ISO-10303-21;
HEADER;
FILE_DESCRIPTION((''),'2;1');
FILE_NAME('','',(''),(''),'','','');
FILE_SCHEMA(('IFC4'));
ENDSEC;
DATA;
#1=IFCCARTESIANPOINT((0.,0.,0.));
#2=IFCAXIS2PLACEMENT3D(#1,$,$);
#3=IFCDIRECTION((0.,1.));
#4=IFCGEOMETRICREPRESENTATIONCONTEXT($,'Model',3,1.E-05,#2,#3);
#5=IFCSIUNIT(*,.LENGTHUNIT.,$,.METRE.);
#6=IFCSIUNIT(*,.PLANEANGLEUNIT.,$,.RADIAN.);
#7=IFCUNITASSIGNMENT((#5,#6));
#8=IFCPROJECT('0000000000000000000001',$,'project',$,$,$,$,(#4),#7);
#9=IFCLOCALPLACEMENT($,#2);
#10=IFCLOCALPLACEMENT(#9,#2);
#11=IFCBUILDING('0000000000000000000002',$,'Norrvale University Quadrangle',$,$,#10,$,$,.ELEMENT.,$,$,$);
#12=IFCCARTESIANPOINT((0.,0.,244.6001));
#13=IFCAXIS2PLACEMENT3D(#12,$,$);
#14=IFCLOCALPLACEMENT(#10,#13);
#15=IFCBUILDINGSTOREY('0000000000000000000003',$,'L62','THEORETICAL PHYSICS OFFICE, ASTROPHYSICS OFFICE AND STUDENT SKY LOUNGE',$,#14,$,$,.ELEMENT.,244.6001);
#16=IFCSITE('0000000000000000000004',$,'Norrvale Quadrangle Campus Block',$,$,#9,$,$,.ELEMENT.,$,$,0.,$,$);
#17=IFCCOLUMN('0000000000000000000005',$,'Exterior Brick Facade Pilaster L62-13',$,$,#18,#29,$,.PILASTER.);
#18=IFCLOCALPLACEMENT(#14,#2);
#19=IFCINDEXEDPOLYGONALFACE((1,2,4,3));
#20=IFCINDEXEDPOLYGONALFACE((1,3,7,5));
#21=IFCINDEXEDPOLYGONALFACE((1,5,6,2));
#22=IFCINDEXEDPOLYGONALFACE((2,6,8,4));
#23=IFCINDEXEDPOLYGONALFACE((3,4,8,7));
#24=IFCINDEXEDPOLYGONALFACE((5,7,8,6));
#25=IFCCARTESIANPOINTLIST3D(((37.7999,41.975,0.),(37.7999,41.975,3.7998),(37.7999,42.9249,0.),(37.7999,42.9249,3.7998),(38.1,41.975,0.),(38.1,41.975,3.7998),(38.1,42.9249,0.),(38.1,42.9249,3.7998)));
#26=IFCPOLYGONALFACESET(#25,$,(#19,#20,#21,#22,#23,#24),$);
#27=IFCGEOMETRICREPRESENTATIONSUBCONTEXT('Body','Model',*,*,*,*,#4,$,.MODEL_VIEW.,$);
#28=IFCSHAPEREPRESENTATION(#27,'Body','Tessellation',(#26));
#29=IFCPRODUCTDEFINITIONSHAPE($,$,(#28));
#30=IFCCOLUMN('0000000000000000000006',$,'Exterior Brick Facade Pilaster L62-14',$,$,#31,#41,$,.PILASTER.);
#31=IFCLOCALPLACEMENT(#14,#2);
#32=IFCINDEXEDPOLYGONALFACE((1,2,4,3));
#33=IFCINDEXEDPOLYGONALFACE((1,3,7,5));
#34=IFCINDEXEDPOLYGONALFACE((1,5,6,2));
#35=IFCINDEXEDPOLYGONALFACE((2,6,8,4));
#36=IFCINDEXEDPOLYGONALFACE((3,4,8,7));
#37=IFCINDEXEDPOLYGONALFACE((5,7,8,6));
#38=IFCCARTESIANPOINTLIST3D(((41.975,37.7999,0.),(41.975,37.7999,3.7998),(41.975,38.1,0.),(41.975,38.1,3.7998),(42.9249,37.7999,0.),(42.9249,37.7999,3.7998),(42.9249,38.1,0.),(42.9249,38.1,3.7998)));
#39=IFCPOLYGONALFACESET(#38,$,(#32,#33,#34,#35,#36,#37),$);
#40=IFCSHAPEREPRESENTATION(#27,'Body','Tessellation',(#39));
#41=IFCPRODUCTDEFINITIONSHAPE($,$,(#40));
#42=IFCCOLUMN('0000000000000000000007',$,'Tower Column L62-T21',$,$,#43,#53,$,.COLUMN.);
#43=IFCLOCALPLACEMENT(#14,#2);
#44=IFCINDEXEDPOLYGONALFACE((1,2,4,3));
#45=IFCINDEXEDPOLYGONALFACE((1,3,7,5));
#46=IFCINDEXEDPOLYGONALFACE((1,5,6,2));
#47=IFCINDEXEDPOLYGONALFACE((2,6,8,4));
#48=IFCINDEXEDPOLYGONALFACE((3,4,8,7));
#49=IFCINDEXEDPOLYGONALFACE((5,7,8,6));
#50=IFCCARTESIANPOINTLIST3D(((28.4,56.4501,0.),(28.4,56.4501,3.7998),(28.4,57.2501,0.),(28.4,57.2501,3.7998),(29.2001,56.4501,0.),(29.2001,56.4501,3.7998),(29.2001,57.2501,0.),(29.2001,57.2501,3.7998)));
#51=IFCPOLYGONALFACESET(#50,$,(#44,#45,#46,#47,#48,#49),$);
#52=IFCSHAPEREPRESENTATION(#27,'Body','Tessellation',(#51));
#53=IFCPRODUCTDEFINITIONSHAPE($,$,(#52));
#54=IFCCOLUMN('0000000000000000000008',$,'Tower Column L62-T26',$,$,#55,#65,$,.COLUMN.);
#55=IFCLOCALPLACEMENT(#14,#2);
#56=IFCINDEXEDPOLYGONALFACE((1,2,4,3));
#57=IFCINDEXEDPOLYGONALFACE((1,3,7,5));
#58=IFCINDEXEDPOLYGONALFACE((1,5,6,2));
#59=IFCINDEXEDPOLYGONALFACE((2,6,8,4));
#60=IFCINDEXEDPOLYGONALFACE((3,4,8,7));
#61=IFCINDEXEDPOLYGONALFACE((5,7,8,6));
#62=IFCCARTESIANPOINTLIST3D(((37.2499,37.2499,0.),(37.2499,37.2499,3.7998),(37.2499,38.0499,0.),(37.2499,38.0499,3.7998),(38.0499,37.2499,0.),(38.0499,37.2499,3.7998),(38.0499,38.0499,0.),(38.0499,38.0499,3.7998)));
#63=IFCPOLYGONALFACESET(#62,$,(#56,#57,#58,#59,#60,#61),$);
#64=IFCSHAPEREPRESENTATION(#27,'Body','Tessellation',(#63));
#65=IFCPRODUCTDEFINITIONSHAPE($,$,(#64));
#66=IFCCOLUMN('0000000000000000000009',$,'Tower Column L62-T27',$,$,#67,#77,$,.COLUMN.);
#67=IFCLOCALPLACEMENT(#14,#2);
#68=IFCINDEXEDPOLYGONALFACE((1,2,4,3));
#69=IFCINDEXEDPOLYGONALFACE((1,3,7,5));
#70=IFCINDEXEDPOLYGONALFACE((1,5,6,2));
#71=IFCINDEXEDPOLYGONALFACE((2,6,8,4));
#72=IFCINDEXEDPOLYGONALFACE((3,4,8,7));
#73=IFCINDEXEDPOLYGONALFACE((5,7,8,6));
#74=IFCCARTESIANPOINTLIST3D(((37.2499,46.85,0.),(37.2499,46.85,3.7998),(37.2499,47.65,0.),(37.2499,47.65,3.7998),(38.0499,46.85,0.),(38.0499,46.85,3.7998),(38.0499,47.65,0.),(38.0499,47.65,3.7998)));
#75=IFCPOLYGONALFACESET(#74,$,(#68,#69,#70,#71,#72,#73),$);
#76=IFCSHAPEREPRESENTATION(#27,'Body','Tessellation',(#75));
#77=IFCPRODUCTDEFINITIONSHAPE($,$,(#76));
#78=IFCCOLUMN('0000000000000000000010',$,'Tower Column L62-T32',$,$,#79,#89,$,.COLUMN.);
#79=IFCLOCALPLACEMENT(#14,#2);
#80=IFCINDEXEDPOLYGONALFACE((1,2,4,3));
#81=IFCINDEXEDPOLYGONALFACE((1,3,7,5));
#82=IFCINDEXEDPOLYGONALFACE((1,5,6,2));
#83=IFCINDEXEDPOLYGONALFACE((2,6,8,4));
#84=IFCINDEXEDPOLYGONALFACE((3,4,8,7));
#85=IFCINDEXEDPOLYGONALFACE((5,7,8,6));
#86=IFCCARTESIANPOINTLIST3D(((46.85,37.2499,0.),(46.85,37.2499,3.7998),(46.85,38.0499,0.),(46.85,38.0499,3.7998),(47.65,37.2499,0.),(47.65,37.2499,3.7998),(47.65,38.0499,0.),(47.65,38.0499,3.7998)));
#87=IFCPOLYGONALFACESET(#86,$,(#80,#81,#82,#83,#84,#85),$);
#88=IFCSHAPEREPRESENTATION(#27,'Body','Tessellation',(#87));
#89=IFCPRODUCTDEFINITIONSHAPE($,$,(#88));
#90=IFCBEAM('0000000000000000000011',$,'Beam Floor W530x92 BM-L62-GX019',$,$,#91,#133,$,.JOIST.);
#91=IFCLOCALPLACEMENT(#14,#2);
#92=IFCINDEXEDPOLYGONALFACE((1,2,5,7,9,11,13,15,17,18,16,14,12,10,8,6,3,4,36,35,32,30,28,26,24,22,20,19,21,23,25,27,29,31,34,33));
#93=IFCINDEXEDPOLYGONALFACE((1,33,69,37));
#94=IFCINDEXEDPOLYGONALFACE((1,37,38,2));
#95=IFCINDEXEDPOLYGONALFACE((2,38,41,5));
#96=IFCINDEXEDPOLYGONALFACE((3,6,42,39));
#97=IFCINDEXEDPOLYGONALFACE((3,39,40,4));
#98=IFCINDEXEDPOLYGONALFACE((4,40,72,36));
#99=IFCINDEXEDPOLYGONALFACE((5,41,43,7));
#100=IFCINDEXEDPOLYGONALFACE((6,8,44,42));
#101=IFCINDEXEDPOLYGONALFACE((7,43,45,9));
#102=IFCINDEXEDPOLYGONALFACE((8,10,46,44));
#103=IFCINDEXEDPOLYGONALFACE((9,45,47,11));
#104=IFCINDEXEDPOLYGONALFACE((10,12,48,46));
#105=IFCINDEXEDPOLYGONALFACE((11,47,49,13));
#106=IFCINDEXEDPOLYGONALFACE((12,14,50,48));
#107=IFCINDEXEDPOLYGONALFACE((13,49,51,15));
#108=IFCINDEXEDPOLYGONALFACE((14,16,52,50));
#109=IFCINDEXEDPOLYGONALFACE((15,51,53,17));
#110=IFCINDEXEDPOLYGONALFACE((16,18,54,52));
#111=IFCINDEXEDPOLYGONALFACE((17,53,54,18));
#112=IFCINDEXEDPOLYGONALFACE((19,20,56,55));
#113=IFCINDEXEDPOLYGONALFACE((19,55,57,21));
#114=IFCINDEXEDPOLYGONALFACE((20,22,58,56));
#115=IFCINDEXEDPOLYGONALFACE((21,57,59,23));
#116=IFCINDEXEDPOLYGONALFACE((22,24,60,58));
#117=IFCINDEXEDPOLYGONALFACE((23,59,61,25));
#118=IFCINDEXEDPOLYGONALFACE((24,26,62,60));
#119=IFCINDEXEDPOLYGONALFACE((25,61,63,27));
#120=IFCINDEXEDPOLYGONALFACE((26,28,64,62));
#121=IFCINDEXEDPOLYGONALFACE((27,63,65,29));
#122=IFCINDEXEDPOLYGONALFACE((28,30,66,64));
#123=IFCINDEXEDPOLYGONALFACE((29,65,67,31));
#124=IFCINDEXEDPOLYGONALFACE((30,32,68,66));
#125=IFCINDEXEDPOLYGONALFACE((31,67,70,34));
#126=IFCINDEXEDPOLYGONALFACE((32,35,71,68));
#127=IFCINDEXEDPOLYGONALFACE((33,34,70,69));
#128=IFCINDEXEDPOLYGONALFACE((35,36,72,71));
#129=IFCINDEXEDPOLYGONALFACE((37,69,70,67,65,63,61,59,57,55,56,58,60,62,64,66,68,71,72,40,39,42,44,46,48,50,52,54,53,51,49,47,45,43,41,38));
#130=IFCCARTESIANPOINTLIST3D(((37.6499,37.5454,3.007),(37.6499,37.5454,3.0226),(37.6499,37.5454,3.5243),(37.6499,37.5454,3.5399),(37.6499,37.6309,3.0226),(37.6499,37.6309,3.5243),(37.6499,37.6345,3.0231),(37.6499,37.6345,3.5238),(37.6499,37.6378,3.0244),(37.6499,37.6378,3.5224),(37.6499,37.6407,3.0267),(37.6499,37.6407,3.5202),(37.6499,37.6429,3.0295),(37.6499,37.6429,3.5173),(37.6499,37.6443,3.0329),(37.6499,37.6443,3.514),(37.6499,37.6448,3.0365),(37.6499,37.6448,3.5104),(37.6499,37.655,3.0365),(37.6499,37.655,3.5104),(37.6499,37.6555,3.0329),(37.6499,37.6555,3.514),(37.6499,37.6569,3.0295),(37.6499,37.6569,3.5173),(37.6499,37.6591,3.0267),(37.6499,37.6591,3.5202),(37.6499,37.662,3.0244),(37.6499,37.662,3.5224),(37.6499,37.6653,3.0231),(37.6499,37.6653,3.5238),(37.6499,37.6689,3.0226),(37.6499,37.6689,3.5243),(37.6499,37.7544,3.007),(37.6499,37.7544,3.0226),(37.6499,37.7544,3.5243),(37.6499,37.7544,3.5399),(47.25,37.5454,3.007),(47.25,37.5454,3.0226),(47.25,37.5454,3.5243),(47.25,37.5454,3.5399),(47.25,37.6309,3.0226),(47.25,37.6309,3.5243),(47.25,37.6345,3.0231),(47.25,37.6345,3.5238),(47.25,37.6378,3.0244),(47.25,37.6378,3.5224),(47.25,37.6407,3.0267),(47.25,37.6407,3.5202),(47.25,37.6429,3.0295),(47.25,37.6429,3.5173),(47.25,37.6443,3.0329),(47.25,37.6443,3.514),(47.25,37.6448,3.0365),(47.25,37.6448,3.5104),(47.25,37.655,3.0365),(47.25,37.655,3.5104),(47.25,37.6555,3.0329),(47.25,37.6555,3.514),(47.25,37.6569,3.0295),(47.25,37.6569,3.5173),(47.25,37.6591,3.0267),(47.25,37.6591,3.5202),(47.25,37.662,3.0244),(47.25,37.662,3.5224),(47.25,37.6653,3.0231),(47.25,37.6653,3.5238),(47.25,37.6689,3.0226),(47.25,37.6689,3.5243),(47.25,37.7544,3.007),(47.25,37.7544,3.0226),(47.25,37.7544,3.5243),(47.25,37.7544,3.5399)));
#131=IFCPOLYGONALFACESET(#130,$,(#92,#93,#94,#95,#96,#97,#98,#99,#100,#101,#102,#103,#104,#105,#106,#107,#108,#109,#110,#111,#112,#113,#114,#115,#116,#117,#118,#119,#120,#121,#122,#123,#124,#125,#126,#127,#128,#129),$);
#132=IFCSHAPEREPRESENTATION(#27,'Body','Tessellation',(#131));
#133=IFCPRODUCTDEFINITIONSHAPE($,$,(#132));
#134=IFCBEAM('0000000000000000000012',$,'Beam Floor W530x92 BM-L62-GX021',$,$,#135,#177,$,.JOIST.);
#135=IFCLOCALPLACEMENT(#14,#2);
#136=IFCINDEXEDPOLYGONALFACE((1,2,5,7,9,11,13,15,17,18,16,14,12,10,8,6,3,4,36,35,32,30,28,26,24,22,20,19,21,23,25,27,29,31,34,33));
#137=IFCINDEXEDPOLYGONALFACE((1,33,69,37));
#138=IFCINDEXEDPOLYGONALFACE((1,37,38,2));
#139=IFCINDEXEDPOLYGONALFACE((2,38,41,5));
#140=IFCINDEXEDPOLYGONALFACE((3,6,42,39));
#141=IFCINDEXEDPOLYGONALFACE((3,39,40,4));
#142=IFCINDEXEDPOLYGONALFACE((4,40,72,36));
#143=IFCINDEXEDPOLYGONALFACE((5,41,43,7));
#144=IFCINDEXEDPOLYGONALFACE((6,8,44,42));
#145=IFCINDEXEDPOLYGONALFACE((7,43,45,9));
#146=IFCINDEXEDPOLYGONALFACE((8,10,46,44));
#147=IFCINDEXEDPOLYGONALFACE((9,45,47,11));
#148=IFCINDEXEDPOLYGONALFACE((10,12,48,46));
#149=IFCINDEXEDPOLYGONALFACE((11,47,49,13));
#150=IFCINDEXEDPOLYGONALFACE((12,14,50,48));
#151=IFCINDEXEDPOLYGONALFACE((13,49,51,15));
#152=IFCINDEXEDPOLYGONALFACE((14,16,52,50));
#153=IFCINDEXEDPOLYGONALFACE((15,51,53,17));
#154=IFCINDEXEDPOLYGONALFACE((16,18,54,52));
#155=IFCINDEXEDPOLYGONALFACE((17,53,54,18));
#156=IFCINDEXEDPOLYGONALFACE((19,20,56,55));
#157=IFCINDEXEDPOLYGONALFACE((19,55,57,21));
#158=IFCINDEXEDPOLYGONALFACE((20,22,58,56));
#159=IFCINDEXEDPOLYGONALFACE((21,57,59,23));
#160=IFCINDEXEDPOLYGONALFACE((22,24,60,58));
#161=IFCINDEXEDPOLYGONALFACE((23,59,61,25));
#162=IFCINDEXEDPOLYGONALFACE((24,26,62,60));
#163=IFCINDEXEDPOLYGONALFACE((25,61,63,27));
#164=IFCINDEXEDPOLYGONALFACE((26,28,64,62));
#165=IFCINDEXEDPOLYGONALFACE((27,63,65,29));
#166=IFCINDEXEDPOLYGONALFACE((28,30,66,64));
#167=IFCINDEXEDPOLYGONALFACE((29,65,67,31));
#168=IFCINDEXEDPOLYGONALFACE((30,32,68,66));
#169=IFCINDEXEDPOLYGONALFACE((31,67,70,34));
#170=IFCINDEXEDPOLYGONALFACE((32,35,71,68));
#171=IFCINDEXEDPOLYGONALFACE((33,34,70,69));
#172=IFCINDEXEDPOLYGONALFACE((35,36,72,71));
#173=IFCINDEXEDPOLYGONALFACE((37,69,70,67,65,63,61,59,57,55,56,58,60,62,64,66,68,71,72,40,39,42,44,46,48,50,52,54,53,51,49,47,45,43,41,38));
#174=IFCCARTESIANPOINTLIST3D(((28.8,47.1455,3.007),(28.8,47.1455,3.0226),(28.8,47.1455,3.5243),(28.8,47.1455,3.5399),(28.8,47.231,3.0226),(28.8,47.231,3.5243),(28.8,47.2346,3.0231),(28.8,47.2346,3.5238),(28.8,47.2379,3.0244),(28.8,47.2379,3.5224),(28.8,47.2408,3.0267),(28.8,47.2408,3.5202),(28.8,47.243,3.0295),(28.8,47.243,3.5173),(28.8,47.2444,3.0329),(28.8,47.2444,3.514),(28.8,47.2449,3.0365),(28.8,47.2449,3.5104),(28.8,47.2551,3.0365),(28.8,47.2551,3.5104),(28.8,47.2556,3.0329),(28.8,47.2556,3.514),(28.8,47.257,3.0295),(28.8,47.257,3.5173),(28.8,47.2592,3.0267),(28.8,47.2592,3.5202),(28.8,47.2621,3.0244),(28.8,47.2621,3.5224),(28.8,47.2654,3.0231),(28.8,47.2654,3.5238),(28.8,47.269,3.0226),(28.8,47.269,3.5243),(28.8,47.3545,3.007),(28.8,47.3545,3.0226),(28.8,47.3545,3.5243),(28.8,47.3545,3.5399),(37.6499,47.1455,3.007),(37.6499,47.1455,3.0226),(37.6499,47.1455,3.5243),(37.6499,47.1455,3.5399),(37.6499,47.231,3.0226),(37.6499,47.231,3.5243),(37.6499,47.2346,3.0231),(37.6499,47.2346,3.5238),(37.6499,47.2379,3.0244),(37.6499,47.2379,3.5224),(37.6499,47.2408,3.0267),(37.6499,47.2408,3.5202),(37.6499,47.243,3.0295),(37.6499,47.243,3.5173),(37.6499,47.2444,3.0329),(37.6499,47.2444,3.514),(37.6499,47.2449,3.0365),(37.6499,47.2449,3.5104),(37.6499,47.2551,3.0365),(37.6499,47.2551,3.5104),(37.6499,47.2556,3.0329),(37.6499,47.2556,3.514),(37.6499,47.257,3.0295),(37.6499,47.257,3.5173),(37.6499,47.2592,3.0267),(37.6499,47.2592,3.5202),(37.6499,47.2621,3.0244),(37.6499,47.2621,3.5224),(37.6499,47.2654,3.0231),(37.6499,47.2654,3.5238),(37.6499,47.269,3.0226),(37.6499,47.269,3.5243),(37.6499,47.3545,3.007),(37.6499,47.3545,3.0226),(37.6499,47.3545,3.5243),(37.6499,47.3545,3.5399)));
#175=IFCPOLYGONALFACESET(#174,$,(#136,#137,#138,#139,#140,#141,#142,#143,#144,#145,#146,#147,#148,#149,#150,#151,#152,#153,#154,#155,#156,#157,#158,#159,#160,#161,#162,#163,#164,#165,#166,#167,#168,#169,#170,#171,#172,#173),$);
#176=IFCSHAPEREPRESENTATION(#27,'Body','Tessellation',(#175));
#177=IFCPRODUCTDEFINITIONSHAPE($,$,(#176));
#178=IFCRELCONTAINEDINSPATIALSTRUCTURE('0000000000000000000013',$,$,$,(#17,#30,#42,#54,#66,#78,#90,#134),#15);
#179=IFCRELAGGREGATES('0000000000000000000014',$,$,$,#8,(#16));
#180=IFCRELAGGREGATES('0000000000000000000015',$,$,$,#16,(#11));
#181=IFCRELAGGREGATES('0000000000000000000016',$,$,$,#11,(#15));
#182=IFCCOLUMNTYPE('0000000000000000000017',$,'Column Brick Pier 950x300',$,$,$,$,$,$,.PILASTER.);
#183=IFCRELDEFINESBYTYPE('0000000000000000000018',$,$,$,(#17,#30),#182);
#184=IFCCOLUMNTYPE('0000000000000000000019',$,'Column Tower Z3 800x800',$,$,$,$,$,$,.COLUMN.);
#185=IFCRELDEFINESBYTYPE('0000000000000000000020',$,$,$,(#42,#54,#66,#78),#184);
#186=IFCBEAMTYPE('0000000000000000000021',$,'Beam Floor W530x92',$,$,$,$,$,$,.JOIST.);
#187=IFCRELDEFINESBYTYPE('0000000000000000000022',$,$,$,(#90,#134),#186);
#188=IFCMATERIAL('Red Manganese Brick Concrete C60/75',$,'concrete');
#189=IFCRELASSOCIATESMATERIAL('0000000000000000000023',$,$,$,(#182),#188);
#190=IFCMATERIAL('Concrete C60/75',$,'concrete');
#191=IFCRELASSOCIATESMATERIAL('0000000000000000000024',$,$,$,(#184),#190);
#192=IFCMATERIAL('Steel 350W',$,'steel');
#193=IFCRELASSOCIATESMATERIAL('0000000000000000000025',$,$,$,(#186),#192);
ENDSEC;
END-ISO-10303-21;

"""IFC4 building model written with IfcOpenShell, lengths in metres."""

from ifc_helpers import new_model, si_unit, direction, frame, origin, origin_2d, place, context, subcontext, project, spatial, rectangle, i_section, extrude, material, material_profile, profile_set, type_object, element, save


model = new_model("IFC4")

# Units and contexts
model_context = context("Model", 3, precision=1e-05, world=origin(), true_north=direction((0.0, 1.0)))
body_context = subcontext(model_context, "Body", "Model", "MODEL_VIEW")
ifc_project = project(units=[si_unit("LENGTHUNIT", "METRE"), si_unit("PLANEANGLEUNIT", "RADIAN")], contexts=[model_context])

# Site, building, storey
site_placement = place(None, origin())
site = spatial("IfcSite", under=ifc_project, at=site_placement, Name="Norrvale Quadrangle Campus Block", CompositionType="ELEMENT", RefElevation=0.0)
building_placement = place(site_placement, origin())
building = spatial("IfcBuilding", under=site, at=building_placement, Name="Norrvale University Quadrangle", CompositionType="ELEMENT")
storey_placement = place(building_placement, frame((0.0, 0.0, 244.6001)))
storey = spatial("IfcBuildingStorey", under=building, at=storey_placement, Name="L62", Description="THEORETICAL PHYSICS OFFICE, ASTROPHYSICS OFFICE AND STUDENT SKY LOUNGE", CompositionType="ELEMENT", Elevation=244.6001)

# Columns
ifc_material_1 = material(Name="Red Manganese Brick Concrete C60/75", Category="concrete")
ifc_material_profile_1 = material_profile(ifc_material_1, rectangle(XDim=0.95, YDim=0.3, at=origin_2d()), Name="Red Manganese Brick Concrete C60/75")
ifc_profile_set_1 = profile_set([ifc_material_profile_1], Name="Red Manganese Brick Concrete C60/75")
column_type_1 = type_object("IfcColumnType", Name="Column Brick Pier 950x300", PredefinedType="PILASTER", material=ifc_profile_set_1)
for number, where, z_axis, x_axis, name in (
    (1, (37.95, 42.45, 0.0), (0.0, 0.0, 1.0), (0.0, 1.0, 0.0), "Exterior Brick Facade Pilaster L62-13"),
    (2, (42.45, 37.95, 0.0), (0.0, 0.0, 1.0), (1.0, 0.0, 0.0), "Exterior Brick Facade Pilaster L62-14"),
):
    element("IfcColumn", number, at=place(storey_placement, frame(where, z_axis=z_axis, x_axis=x_axis)), inside=storey, type_object=column_type_1, Name=name, PredefinedType="PILASTER", context=body_context, shape_type="SweptSolid", body=[
        extrude(rectangle(XDim=0.95, YDim=0.3, at=origin_2d()), origin(), (0.0, 0.0, 1.0), 3.7998),
    ])
ifc_material_2 = material(Name="Concrete C60/75", Category="concrete")
ifc_material_profile_2 = material_profile(ifc_material_2, rectangle(XDim=0.8, YDim=0.8, at=origin_2d()), Name="Concrete C60/75")
ifc_profile_set_2 = profile_set([ifc_material_profile_2], Name="Concrete C60/75")
column_type_2 = type_object("IfcColumnType", Name="Column Tower Z3 800x800", PredefinedType="COLUMN", material=ifc_profile_set_2)
for number, where, z_axis, x_axis, name in (
    (3, (28.8, 56.8501, 0.0), (0.0, 0.0, 1.0), (1.0, 0.0, 0.0), "Tower Column L62-T21"),
    (4, (37.6499, 37.6499, 0.0), (0.0, 0.0, 1.0), (1.0, 0.0, 0.0), "Tower Column L62-T26"),
    (5, (37.6499, 47.25, 0.0), (0.0, 0.0, 1.0), (1.0, 0.0, 0.0), "Tower Column L62-T27"),
    (6, (47.25, 37.6499, 0.0), (0.0, 0.0, 1.0), (1.0, 0.0, 0.0), "Tower Column L62-T32"),
):
    element("IfcColumn", number, at=place(storey_placement, frame(where, z_axis=z_axis, x_axis=x_axis)), inside=storey, type_object=column_type_2, Name=name, PredefinedType="COLUMN", context=body_context, shape_type="SweptSolid", body=[
        extrude(rectangle(XDim=0.8, YDim=0.8, at=origin_2d()), origin(), (0.0, 0.0, 1.0), 3.7998),
    ])

# Beams
ifc_material_3 = material(Name="Steel 350W", Category="steel")
ifc_material_profile_3 = material_profile(ifc_material_3, i_section(OverallWidth=0.209, OverallDepth=0.533, WebThickness=0.0103, FlangeThickness=0.0156, FilletRadius=0.0139, at=origin_2d()), Name="Steel 350W")
ifc_profile_set_3 = profile_set([ifc_material_profile_3], Name="Steel 350W")
beam_type_1 = type_object("IfcBeamType", Name="Beam Floor W530x92", PredefinedType="JOIST", material=ifc_profile_set_3)
beam_1_placement = place(storey_placement, frame((37.6499, 37.6499, 3.2734), z_axis=(1.0, 0.0, 0.0), x_axis=(0.0, 1.0, 0.0)))
element("IfcBeam", 7, at=beam_1_placement, inside=storey, type_object=beam_type_1, Name="Beam Floor W530x92 BM-L62-GX019", PredefinedType="JOIST", context=body_context, shape_type="SweptSolid", body=[
    extrude(i_section(OverallWidth=0.209, OverallDepth=0.533, WebThickness=0.0103, FlangeThickness=0.0156, FilletRadius=0.0139, at=origin_2d()), origin(), (0.0, 0.0, 1.0), 9.6001),
])
beam_2_placement = place(storey_placement, frame((28.8, 47.25, 3.2734), z_axis=(1.0, 0.0, 0.0), x_axis=(0.0, 1.0, 0.0)))
element("IfcBeam", 8, at=beam_2_placement, inside=storey, type_object=beam_type_1, Name="Beam Floor W530x92 BM-L62-GX021", PredefinedType="JOIST", context=body_context, shape_type="SweptSolid", body=[
    extrude(i_section(OverallWidth=0.209, OverallDepth=0.533, WebThickness=0.0103, FlangeThickness=0.0156, FilletRadius=0.0139, at=origin_2d()), origin(), (0.0, 0.0, 1.0), 8.8499),
])

save(model, "model.ifc")
